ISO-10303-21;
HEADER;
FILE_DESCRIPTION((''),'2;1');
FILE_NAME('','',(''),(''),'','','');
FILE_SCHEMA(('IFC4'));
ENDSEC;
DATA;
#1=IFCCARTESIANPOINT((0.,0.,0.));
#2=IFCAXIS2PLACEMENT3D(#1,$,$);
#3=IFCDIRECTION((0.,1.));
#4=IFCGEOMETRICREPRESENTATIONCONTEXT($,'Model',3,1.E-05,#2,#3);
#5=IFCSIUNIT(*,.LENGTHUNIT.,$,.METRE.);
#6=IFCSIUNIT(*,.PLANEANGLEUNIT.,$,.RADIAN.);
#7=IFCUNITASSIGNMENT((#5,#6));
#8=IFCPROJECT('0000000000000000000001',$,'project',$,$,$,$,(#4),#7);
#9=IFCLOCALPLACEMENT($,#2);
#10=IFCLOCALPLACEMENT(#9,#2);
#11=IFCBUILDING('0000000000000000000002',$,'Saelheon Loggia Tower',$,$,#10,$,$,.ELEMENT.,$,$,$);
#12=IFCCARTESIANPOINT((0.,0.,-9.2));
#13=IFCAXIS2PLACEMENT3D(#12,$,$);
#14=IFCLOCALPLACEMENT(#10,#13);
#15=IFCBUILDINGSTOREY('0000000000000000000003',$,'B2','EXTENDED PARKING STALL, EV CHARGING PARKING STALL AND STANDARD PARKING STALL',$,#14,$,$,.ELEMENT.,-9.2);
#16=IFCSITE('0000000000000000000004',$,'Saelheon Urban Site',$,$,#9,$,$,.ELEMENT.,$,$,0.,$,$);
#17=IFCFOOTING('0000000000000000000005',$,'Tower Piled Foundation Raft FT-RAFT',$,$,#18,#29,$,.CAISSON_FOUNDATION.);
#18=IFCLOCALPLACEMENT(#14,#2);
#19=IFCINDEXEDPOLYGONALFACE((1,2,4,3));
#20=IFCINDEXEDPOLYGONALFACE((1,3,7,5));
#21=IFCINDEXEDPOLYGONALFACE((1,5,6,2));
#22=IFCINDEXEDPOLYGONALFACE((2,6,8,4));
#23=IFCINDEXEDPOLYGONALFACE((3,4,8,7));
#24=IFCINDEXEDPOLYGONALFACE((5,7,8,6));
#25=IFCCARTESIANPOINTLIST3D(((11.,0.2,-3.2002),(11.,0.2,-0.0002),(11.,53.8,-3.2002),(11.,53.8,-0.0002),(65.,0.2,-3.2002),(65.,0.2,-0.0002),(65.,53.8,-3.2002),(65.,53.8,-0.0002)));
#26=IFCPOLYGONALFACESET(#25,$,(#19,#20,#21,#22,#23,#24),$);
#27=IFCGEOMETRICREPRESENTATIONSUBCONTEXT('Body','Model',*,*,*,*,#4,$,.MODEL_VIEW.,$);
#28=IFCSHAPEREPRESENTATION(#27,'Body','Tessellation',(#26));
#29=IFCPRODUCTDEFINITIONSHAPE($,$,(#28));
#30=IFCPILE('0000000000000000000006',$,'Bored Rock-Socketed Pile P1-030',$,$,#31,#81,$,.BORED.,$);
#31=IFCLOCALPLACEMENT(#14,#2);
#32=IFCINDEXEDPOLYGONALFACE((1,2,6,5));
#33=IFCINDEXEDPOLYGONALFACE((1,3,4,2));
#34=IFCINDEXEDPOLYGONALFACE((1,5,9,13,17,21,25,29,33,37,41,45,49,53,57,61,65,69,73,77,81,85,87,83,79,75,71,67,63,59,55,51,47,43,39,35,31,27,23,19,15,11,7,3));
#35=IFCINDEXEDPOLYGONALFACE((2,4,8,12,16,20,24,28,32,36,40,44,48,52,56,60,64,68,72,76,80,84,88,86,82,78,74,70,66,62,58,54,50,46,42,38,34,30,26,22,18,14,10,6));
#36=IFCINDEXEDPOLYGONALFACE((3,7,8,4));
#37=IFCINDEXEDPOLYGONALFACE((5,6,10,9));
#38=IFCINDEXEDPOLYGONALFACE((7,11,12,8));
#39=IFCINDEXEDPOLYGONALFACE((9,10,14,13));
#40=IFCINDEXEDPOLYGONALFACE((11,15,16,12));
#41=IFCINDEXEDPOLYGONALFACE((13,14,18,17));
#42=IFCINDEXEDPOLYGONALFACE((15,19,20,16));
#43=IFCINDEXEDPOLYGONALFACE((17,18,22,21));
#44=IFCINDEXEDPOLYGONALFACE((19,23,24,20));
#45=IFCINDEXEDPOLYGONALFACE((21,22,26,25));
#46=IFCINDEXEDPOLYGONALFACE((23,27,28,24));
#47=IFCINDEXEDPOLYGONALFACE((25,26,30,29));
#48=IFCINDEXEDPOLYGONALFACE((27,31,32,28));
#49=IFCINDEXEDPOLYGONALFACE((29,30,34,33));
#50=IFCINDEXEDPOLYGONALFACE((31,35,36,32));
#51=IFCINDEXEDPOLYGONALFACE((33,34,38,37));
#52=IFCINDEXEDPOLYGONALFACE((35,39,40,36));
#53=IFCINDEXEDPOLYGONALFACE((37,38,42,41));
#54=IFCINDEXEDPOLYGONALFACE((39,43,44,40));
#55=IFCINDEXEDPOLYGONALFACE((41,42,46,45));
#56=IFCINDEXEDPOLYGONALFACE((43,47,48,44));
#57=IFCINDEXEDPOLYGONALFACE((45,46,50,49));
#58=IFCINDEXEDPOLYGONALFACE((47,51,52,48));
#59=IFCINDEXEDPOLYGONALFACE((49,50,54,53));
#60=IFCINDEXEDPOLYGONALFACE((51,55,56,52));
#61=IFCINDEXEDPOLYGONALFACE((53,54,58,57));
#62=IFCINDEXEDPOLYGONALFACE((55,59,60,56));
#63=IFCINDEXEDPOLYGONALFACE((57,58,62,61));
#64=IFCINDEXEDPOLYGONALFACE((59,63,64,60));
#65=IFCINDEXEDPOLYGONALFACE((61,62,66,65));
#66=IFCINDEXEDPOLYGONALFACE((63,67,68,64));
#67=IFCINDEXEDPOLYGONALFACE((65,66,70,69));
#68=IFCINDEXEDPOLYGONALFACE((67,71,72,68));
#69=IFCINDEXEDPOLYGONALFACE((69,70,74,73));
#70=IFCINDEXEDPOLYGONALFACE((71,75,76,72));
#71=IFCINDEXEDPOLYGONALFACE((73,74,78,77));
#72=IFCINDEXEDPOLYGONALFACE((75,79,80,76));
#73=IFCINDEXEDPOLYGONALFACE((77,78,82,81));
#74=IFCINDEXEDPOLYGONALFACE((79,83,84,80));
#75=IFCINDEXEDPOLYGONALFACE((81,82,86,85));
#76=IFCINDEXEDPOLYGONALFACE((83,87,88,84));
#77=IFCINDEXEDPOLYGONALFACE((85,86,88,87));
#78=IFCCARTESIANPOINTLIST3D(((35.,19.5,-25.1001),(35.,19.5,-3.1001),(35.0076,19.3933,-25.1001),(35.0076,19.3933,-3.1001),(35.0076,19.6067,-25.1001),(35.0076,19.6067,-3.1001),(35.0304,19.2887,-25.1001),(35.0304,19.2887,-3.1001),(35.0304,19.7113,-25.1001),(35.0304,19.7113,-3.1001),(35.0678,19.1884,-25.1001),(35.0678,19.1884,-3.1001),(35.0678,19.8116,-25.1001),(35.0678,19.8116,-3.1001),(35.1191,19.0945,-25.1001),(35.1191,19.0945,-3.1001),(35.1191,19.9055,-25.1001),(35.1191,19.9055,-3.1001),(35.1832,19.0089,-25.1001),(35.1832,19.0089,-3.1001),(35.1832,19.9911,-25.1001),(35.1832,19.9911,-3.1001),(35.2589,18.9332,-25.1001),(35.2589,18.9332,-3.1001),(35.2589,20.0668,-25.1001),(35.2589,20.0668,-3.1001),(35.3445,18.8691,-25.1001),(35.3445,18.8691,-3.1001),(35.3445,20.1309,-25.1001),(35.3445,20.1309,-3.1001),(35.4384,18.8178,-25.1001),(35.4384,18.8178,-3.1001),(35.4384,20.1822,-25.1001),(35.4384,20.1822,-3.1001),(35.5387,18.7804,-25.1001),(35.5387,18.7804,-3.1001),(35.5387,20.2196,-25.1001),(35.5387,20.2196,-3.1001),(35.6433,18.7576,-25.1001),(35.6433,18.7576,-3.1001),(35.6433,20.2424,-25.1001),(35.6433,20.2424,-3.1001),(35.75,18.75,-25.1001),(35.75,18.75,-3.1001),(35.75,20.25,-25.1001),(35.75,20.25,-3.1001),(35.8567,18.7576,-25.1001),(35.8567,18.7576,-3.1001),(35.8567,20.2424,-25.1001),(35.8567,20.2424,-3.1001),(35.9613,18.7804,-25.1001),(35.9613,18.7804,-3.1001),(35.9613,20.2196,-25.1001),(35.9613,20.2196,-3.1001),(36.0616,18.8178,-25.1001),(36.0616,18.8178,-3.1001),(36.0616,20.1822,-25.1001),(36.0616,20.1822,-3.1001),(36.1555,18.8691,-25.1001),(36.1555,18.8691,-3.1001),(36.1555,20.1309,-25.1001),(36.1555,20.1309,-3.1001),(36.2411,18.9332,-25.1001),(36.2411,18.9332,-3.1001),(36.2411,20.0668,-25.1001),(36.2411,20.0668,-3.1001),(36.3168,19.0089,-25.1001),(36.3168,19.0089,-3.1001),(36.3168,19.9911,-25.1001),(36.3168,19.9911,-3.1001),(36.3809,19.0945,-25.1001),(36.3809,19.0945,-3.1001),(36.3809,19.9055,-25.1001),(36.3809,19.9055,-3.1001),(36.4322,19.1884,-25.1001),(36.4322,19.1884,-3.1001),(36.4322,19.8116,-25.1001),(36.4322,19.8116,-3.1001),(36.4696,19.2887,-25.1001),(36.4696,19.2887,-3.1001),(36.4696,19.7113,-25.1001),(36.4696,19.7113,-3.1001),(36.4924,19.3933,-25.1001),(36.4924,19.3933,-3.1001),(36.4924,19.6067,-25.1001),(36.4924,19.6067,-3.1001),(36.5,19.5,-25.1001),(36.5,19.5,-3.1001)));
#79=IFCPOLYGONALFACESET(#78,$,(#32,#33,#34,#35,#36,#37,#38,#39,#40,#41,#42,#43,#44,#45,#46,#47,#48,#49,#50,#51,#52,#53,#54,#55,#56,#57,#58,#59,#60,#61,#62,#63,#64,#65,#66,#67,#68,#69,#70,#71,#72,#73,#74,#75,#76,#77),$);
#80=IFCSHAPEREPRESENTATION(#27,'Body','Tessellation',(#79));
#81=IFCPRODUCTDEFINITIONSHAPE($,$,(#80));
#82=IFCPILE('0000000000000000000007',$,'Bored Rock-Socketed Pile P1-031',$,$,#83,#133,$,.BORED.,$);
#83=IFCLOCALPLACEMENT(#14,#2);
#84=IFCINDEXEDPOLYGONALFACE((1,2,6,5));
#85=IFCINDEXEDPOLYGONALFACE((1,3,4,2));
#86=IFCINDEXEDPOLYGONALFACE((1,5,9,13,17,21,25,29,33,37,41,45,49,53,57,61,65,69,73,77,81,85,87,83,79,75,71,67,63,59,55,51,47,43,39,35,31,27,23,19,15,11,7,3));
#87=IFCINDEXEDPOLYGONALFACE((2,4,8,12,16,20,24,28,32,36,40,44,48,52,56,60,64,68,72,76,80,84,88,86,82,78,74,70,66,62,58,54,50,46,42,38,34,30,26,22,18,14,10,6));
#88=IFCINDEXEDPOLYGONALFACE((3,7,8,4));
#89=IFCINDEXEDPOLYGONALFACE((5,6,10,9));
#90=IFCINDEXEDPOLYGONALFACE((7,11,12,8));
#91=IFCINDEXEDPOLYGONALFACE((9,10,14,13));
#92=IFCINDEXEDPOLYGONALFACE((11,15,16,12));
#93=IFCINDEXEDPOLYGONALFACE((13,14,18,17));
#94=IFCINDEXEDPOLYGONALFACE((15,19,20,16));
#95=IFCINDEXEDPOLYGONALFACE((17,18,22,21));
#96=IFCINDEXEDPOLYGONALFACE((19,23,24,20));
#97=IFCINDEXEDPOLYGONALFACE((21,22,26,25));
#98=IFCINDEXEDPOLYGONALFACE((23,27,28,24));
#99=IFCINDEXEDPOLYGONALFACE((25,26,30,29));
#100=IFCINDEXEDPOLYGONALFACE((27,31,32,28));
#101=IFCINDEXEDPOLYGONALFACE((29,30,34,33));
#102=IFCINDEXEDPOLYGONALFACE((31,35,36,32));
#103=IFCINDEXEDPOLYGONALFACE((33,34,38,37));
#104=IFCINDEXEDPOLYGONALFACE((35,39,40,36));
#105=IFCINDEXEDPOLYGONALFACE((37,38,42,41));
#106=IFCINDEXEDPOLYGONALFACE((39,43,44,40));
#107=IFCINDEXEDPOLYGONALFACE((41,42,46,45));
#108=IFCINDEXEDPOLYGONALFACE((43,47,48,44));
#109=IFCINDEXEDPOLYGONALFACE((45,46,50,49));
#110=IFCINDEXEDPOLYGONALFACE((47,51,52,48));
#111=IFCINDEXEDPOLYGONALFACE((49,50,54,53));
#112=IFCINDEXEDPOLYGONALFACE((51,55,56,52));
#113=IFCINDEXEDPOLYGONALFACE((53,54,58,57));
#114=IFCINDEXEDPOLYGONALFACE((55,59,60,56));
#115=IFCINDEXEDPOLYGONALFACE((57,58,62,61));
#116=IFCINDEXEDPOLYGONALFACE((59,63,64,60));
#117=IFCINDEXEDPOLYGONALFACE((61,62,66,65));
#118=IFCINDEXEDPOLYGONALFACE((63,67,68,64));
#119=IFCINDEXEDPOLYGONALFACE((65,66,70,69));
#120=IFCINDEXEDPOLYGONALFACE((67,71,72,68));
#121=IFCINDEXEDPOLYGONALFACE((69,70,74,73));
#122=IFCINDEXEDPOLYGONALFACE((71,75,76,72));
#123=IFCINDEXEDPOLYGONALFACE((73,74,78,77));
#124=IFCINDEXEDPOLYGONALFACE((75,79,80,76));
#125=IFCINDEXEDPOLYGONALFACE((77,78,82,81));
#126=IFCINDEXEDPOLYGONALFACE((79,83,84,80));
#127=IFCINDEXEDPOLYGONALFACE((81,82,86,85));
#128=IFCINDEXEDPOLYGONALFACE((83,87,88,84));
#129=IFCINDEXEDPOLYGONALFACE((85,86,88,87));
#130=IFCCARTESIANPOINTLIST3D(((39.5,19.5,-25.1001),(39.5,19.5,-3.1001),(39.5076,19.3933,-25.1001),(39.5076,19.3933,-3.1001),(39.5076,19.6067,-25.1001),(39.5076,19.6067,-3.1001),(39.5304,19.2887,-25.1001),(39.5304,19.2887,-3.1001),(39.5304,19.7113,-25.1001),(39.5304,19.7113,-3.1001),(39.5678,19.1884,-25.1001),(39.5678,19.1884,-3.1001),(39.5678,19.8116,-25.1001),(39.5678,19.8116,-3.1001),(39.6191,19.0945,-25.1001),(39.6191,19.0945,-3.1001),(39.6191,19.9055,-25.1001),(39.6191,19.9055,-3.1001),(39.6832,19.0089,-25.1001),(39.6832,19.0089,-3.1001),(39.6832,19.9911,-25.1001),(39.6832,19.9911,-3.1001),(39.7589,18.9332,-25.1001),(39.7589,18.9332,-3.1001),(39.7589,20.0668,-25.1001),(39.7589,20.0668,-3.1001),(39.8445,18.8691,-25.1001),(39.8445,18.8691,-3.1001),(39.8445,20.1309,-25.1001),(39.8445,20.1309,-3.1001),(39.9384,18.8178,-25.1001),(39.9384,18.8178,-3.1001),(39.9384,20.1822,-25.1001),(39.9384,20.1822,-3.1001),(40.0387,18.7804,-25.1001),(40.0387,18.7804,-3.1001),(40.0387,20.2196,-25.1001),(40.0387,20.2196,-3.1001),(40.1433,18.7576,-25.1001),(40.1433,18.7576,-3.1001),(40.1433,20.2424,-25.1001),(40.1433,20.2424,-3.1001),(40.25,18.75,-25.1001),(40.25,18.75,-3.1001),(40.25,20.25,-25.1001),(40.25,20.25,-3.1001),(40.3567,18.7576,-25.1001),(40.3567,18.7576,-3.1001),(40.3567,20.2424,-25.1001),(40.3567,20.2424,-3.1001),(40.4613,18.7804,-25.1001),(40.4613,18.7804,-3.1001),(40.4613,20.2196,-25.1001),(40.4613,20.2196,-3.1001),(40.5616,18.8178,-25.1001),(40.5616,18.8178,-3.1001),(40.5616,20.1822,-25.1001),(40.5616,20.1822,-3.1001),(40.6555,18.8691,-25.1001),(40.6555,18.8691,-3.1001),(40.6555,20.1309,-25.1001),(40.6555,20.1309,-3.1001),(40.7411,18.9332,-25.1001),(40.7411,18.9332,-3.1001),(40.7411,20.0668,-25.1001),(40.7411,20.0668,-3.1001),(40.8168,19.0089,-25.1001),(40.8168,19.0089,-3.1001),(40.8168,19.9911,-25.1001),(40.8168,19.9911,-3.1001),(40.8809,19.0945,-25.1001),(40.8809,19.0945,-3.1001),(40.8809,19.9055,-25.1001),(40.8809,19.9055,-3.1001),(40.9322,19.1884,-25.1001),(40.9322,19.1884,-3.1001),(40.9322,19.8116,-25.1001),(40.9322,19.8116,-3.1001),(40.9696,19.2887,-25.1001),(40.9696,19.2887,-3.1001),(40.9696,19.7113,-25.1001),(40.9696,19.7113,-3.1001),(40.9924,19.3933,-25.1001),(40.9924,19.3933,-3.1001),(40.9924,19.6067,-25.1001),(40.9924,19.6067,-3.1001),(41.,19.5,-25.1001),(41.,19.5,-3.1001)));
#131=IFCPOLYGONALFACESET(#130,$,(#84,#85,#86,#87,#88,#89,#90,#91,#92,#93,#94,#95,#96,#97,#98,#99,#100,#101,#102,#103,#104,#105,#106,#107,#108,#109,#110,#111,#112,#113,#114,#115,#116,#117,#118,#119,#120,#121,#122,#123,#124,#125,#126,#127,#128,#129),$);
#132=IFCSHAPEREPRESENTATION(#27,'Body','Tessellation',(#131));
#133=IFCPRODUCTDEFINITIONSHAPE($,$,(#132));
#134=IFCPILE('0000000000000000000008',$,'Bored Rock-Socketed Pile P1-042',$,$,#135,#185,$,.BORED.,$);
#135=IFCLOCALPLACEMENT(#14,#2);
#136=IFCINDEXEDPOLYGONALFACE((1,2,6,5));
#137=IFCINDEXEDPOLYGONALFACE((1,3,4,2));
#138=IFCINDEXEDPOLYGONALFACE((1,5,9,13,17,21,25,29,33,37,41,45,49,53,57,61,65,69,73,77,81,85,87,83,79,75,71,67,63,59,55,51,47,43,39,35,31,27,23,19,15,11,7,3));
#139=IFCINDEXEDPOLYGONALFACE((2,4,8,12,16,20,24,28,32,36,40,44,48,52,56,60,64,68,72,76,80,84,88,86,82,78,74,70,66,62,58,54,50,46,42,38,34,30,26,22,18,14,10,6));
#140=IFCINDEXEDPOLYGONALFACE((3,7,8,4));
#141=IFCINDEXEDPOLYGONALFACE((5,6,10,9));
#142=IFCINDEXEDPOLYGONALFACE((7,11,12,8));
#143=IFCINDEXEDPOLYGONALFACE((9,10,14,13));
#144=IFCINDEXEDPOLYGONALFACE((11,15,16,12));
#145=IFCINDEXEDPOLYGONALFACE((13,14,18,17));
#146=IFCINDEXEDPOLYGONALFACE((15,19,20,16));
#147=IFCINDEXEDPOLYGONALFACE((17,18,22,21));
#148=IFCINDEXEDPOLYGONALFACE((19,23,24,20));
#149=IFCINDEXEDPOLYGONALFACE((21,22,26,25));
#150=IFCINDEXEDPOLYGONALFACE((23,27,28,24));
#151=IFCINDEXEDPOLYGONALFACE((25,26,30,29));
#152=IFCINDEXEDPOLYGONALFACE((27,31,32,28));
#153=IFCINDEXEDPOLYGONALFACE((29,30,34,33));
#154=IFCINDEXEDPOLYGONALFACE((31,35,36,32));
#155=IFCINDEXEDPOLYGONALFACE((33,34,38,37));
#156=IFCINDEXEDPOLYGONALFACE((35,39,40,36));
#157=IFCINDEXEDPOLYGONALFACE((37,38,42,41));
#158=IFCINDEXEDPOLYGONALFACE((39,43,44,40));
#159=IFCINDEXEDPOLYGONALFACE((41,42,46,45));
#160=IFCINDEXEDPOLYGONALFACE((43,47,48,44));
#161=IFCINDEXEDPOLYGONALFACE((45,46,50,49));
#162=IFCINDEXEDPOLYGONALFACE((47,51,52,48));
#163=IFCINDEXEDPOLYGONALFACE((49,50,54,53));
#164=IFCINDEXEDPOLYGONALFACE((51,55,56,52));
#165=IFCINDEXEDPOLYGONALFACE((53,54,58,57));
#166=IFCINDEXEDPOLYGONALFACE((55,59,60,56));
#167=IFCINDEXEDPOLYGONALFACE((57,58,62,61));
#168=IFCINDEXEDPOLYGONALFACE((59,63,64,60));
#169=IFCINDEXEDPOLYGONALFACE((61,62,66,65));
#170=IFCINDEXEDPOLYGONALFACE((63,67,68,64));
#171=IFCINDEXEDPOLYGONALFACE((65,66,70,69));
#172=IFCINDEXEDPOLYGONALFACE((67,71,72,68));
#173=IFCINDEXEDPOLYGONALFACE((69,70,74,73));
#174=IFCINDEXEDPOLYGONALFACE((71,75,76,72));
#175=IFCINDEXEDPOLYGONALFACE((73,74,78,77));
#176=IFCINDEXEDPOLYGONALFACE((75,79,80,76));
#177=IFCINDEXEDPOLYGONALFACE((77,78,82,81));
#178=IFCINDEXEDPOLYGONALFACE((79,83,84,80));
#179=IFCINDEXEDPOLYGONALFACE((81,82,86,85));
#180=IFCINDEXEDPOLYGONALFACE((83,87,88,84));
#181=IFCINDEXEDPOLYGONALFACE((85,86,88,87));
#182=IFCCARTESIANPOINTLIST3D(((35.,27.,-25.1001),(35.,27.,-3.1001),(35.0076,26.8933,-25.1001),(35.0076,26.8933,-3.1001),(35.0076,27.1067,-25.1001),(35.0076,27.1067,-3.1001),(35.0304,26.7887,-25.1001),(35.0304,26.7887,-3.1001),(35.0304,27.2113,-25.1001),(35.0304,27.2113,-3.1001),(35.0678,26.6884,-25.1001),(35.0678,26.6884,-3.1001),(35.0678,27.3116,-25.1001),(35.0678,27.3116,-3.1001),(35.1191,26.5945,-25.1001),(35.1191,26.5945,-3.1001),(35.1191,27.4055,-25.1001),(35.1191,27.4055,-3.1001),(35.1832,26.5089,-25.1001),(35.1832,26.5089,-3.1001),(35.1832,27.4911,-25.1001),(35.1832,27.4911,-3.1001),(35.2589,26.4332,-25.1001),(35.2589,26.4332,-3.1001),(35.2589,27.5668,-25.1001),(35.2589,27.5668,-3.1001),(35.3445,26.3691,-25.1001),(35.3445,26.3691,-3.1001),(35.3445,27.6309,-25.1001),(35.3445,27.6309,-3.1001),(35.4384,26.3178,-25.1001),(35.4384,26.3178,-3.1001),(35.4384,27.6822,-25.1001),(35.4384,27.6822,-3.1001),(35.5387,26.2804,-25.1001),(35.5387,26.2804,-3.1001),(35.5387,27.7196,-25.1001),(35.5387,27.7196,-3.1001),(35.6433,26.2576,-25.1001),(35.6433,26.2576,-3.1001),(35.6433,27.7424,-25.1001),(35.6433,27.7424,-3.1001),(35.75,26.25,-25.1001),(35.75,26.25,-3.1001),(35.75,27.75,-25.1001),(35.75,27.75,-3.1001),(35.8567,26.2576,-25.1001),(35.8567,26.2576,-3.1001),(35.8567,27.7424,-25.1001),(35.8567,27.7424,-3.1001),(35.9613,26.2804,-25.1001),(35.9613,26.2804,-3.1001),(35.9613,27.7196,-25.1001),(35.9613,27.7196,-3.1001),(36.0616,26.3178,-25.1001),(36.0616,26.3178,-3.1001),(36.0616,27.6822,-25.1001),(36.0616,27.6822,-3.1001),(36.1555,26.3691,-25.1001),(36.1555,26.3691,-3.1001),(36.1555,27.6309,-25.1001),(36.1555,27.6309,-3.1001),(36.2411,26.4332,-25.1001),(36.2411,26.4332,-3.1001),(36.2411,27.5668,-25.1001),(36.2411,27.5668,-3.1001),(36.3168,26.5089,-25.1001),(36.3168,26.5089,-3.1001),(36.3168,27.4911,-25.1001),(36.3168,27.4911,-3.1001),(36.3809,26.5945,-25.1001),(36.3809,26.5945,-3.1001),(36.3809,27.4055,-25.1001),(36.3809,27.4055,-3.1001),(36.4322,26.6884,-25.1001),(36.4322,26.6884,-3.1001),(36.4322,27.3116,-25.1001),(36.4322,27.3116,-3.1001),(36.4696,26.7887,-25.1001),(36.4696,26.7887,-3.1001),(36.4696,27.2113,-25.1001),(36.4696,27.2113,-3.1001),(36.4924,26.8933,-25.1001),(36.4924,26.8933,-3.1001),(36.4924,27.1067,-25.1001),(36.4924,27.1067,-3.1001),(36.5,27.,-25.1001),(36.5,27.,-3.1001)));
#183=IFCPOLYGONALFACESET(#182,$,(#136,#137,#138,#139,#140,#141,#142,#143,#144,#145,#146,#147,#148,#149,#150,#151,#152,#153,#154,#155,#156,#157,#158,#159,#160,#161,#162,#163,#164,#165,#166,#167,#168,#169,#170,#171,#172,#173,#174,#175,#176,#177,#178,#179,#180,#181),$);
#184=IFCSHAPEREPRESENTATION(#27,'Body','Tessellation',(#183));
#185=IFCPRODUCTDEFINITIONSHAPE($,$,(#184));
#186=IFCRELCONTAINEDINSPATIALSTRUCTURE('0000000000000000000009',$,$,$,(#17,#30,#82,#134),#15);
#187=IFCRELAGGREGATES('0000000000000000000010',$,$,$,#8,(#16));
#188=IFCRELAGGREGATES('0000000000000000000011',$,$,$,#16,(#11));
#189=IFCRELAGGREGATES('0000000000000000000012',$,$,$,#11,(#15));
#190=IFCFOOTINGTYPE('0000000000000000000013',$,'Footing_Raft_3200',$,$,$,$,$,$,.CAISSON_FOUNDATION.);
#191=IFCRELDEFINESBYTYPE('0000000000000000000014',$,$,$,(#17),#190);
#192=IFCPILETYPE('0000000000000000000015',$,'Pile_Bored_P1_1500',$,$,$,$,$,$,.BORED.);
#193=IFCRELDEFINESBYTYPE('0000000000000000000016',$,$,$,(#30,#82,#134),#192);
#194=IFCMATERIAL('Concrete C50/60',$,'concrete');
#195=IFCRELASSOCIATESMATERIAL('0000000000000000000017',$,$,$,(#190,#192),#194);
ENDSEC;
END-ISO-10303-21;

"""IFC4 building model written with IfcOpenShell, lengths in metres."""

from ifc_helpers import new_model, si_unit, direction, frame, origin, origin_2d, place, context, subcontext, project, spatial, rectangle, circle, extrude, source, transform, mapped, material, material_profile, profile_set, type_object, element, save


model = new_model("IFC4")

# Units and contexts
model_context = context("Model", 3, precision=1e-05, world=origin(), true_north=direction((0.0, 1.0)))
body_context = subcontext(model_context, "Body", "Model", "MODEL_VIEW")
ifc_project = project(units=[si_unit("LENGTHUNIT", "METRE"), si_unit("PLANEANGLEUNIT", "RADIAN")], contexts=[model_context])

# Site, building, storey
site_placement = place(None, origin())
site = spatial("IfcSite", under=ifc_project, at=site_placement, Name="Saelheon Urban Site", CompositionType="ELEMENT", RefElevation=0.0)
building_placement = place(site_placement, origin())
building = spatial("IfcBuilding", under=site, at=building_placement, Name="Saelheon Loggia Tower", CompositionType="ELEMENT")
storey_placement = place(building_placement, frame((0.0, 0.0, -9.2)))
storey = spatial("IfcBuildingStorey", under=building, at=storey_placement, Name="B2", Description="EXTENDED PARKING STALL, EV CHARGING PARKING STALL AND STANDARD PARKING STALL", CompositionType="ELEMENT", Elevation=-9.2)

# Footing
ifc_material_1 = material(Name="Concrete C50/60", Category="concrete")
footing_type = type_object("IfcFootingType", Name="Footing_Raft_3200", PredefinedType="CAISSON_FOUNDATION", material=ifc_material_1)
shared_shape_1 = source(origin(), body_context, "Body", "SweptSolid", [
    extrude(rectangle(XDim=54.0, YDim=53.6001, at=origin_2d()), origin(), (0.0, 0.0, 1.0), 3.2),
])
footing_placement = place(storey_placement, frame((38.0, 27.0, -3.2002), z_axis=(0.0, 0.0, 1.0), x_axis=(1.0, 0.0, 0.0)))
element("IfcFooting", 1, at=footing_placement, inside=storey, type_object=footing_type, Name="Tower Piled Foundation Raft FT-RAFT", PredefinedType="CAISSON_FOUNDATION", context=body_context, shape_type="MappedRepresentation", body=[
    mapped(shared_shape_1, transform((0.0, 0.0, 0.0), scale=1.0)),
])

# Piles
ifc_material_profile = material_profile(ifc_material_1, circle(Radius=0.75, at=origin_2d()), Name="CIRC-1500")
ifc_profile_set = profile_set([ifc_material_profile], Name="Concrete C50/60")
pile_type = type_object("IfcPileType", Name="Pile_Bored_P1_1500", PredefinedType="BORED", material=ifc_profile_set)
shared_shape_2 = source(origin(), body_context, "Body", "SweptSolid", [
    extrude(circle(Radius=0.75, at=origin_2d()), origin(), (0.0, 0.0, 1.0), 22.0),
])
for number, where, z_axis, x_axis, name in (
    (2, (35.75, 19.5, -3.1001), (0.0, 0.0, -1.0), (1.0, 0.0, 0.0), "Bored Rock-Socketed Pile P1-030"),
    (3, (40.25, 19.5, -3.1001), (0.0, 0.0, -1.0), (1.0, 0.0, 0.0), "Bored Rock-Socketed Pile P1-031"),
    (4, (35.75, 27.0, -3.1001), (0.0, 0.0, -1.0), (1.0, 0.0, 0.0), "Bored Rock-Socketed Pile P1-042"),
):
    element("IfcPile", number, at=place(storey_placement, frame(where, z_axis=z_axis, x_axis=x_axis)), inside=storey, type_object=pile_type, Name=name, PredefinedType="BORED", context=body_context, shape_type="MappedRepresentation", body=[
        mapped(shared_shape_2, transform((0.0, 0.0, 0.0), scale=1.0)),
    ])

save(model, "model.ifc")
